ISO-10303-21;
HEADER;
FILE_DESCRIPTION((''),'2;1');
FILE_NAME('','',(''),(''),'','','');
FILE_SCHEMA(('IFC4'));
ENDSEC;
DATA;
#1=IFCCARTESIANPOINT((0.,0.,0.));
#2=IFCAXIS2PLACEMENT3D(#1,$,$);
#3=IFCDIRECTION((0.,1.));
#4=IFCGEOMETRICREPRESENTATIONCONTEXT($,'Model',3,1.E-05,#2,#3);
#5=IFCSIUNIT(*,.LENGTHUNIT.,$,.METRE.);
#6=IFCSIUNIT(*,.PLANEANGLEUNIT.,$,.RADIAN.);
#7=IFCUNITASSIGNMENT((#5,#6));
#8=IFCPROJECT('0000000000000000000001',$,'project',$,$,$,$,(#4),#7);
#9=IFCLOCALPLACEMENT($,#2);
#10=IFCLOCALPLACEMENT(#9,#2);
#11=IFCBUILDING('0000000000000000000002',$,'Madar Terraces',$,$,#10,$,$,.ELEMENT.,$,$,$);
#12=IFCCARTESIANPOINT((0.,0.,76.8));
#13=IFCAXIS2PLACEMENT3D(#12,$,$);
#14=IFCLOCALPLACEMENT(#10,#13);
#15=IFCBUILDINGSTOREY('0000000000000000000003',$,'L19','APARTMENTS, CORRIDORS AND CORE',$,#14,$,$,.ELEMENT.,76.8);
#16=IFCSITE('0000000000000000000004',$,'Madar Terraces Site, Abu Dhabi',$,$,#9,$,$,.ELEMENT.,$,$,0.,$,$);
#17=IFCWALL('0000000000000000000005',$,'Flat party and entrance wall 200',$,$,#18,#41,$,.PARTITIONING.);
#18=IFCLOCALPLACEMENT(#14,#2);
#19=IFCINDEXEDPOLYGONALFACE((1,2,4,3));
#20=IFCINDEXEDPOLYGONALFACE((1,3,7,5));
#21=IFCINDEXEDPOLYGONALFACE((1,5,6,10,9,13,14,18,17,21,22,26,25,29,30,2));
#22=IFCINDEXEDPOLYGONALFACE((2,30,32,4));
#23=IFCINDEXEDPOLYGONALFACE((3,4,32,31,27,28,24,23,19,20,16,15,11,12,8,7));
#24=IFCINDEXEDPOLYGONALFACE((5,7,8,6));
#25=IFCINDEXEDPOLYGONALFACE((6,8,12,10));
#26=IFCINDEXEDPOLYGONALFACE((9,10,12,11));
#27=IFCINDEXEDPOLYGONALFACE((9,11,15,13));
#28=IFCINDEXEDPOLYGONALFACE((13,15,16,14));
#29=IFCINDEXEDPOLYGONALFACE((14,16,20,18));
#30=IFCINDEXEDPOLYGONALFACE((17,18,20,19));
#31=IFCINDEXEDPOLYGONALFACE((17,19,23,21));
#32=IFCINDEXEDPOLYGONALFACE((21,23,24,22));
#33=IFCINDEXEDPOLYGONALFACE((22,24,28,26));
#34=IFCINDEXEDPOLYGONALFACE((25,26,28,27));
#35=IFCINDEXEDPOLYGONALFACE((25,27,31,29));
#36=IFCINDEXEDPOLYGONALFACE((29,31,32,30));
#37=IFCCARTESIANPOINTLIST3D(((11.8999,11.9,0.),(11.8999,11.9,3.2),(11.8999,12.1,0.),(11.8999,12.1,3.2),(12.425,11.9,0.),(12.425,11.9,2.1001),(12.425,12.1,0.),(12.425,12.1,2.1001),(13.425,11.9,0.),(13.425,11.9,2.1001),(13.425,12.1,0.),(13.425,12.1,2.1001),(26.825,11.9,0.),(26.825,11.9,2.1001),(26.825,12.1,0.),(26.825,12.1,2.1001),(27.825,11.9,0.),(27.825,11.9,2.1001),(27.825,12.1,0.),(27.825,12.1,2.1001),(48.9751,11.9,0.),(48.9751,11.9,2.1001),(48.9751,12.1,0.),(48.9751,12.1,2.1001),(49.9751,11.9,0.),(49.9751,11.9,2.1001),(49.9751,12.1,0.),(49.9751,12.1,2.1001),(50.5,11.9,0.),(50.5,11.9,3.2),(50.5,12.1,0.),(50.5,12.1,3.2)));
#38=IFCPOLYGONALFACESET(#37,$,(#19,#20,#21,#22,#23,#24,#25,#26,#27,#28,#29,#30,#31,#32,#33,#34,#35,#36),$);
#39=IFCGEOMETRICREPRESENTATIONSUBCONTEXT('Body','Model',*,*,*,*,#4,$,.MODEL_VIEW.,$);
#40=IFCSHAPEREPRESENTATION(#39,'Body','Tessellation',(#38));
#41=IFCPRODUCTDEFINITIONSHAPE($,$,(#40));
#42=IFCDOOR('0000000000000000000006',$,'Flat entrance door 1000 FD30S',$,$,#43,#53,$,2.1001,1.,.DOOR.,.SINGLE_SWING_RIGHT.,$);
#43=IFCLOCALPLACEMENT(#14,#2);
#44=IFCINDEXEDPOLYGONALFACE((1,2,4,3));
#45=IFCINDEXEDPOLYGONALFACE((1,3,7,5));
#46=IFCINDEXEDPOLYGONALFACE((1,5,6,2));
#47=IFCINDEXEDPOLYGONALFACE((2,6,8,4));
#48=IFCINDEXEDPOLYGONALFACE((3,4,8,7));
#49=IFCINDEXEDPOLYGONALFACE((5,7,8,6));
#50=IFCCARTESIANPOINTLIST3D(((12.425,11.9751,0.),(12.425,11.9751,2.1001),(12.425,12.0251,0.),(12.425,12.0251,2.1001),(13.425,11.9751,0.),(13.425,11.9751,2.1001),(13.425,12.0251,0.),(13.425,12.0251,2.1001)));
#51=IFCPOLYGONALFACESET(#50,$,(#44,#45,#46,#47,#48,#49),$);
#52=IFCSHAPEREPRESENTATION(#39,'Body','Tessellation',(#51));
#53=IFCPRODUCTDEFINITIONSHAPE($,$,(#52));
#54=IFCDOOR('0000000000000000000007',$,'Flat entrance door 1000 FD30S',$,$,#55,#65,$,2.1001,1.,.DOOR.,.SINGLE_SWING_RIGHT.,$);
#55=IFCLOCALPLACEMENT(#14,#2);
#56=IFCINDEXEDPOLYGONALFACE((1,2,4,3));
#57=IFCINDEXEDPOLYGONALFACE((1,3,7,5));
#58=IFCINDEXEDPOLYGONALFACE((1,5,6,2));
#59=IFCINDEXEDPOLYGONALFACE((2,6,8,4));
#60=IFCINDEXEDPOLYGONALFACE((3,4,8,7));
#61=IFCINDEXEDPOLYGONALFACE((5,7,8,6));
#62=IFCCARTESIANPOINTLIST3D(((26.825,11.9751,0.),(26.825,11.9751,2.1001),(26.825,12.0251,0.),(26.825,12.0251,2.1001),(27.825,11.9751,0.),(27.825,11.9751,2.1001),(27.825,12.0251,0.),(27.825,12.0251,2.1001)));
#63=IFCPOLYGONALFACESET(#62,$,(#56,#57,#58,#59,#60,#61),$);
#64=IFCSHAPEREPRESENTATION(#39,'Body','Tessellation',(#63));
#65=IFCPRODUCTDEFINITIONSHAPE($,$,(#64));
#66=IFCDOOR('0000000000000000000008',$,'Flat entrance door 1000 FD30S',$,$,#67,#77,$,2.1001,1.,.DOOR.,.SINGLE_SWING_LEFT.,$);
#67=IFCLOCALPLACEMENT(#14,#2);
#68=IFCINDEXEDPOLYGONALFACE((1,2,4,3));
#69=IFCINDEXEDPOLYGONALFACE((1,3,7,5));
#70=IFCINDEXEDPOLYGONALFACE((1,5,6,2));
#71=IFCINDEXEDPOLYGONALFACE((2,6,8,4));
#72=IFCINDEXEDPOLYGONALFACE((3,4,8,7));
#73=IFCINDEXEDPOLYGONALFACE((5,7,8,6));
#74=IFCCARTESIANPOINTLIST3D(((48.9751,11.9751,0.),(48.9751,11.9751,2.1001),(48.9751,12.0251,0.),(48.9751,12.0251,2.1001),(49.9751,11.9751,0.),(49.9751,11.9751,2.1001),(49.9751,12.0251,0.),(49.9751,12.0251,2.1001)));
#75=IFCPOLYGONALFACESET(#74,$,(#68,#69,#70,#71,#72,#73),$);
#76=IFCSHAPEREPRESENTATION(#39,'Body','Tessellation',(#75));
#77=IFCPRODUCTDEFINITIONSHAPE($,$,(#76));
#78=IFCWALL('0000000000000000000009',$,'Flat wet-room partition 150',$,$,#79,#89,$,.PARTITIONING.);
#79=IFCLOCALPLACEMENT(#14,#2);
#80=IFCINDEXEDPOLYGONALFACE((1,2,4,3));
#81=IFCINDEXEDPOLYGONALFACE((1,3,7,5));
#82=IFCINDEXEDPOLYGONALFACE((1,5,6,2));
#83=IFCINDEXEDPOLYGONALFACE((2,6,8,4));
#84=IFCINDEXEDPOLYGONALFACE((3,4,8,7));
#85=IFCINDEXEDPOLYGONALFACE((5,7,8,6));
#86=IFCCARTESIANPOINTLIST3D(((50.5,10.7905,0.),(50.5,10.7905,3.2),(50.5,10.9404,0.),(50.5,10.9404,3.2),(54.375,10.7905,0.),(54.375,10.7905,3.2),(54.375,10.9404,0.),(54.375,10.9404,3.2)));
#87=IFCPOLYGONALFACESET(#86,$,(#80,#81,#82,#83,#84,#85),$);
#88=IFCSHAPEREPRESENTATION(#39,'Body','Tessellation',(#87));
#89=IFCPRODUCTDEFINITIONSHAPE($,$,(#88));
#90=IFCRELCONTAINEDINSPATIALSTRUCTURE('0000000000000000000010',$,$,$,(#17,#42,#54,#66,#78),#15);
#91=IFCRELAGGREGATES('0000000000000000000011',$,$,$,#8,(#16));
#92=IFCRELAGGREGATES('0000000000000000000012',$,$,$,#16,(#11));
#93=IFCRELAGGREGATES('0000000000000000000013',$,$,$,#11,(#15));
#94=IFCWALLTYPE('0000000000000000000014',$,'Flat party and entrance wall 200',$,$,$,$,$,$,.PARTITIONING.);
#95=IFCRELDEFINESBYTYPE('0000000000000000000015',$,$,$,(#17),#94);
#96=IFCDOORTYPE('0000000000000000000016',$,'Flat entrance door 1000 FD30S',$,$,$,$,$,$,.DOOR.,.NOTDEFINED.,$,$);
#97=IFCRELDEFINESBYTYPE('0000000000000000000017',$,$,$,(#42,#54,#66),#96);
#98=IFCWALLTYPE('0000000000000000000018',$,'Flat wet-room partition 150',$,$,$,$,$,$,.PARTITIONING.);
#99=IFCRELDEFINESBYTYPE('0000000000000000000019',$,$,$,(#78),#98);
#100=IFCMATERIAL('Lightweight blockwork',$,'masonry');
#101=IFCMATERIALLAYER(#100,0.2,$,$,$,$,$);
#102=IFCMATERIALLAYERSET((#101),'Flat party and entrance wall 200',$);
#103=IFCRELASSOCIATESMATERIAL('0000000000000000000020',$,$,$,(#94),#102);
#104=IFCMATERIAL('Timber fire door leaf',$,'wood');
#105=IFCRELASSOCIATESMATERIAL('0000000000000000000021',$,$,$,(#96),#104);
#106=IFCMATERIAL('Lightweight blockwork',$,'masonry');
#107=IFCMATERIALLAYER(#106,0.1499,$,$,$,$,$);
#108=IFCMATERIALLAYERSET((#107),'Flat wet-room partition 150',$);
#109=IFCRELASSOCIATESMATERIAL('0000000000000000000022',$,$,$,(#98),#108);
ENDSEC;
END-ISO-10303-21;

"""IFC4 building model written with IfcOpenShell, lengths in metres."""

from ifc_helpers import new_model, si_unit, direction, frame, frame_2d, origin, place, context, subcontext, project, spatial, rectangle, extrude, material, layer, layer_set, type_object, element, fill, save


model = new_model("IFC4")

# Units and contexts
model_context = context("Model", 3, precision=1e-05, world=origin(), true_north=direction((0.0, 1.0)))
body_context = subcontext(model_context, "Body", "Model", "MODEL_VIEW")
ifc_project = project(units=[si_unit("LENGTHUNIT", "METRE"), si_unit("PLANEANGLEUNIT", "RADIAN")], contexts=[model_context])

# Site, building, storey
site_placement = place(None, origin())
site = spatial("IfcSite", under=ifc_project, at=site_placement, Name="Madar Terraces Site, Abu Dhabi", CompositionType="ELEMENT", RefElevation=0.0)
building_placement = place(site_placement, origin())
building = spatial("IfcBuilding", under=site, at=building_placement, Name="Madar Terraces", CompositionType="ELEMENT")
storey_placement = place(building_placement, frame((0.0, 0.0, 76.8)))
storey = spatial("IfcBuildingStorey", under=building, at=storey_placement, Name="L19", Description="APARTMENTS, CORRIDORS AND CORE", CompositionType="ELEMENT", Elevation=76.8)

# Wall, openings, doors
ifc_material_1 = material(Name="Lightweight blockwork", Category="masonry")
ifc_layer_1 = layer(ifc_material_1, 0.2)
ifc_layer_set_1 = layer_set([ifc_layer_1], Name="Flat party and entrance wall 200")
wall_type_1 = type_object("IfcWallType", Name="Flat party and entrance wall 200", PredefinedType="PARTITIONING", material=ifc_layer_set_1)
wall_1_placement = place(storey_placement, frame((50.5, 12.0, 0.0), z_axis=(0.0, 0.0, 1.0), x_axis=(-1.0, 0.0, 0.0)))
wall_1 = element("IfcWall", 1, at=wall_1_placement, inside=storey, type_object=wall_type_1, Name="Flat party and entrance wall 200", PredefinedType="PARTITIONING", context=body_context, shape_type="SweptSolid", body=[
    extrude(rectangle(XDim=38.6001, YDim=0.2, at=frame_2d((19.3, 0.0))), origin(), (0.0, 0.0, 1.0), 3.2),
])
opening_1_placement = place(wall_1_placement, frame((37.075, 0.0, 0.0)))
opening_1 = element("IfcOpeningElement", 2, at=opening_1_placement, cuts=wall_1, PredefinedType="OPENING", context=body_context, shape_type="SweptSolid", body=[
    extrude(rectangle(XDim=1.0, YDim=2.1001, at=frame_2d((0.5, 1.05))), frame((0.0, 0.1099, 0.0), z_axis=(0.0, -1.0, 0.0), x_axis=(1.0, 0.0, 0.0)), (0.0, 0.0, 1.0), 0.22),
])
opening_2_placement = place(wall_1_placement, frame((22.675, 0.0, 0.0)))
opening_2 = element("IfcOpeningElement", 3, at=opening_2_placement, cuts=wall_1, PredefinedType="OPENING", context=body_context, shape_type="SweptSolid", body=[
    extrude(rectangle(XDim=1.0, YDim=2.1001, at=frame_2d((0.5, 1.05))), frame((0.0, 0.1099, 0.0), z_axis=(0.0, -1.0, 0.0), x_axis=(1.0, 0.0, 0.0)), (0.0, 0.0, 1.0), 0.22),
])
opening_3_placement = place(wall_1_placement, frame((0.5249, 0.0, 0.0)))
opening_3 = element("IfcOpeningElement", 4, at=opening_3_placement, cuts=wall_1, PredefinedType="OPENING", context=body_context, shape_type="SweptSolid", body=[
    extrude(rectangle(XDim=1.0, YDim=2.1001, at=frame_2d((0.5, 1.05))), frame((0.0, 0.1099, 0.0), z_axis=(0.0, -1.0, 0.0), x_axis=(1.0, 0.0, 0.0)), (0.0, 0.0, 1.0), 0.22),
])
ifc_material_2 = material(Name="Timber fire door leaf", Category="wood")
door_type_1 = type_object("IfcDoorType", Name="Flat entrance door 1000 FD30S", OperationType="NOTDEFINED", PredefinedType="DOOR", material=ifc_material_2)
door_1_placement = place(opening_1_placement, origin())
door_1 = element("IfcDoor", 5, at=door_1_placement, inside=storey, type_object=door_type_1, Name="Flat entrance door 1000 FD30S", OperationType="SINGLE_SWING_RIGHT", OverallHeight=2.1001, OverallWidth=1.0, PredefinedType="DOOR", context=body_context, shape_type="SweptSolid", body=[
    extrude(rectangle(XDim=1.0, YDim=2.1001, at=frame_2d((0.5, 1.05))), frame((0.0, 0.0249, 0.0), z_axis=(0.0, -1.0, 0.0), x_axis=(1.0, 0.0, 0.0)), (0.0, 0.0, 1.0), 0.05),
])
fill(opening_1, door_1)
door_2_placement = place(opening_2_placement, origin())
door_2 = element("IfcDoor", 6, at=door_2_placement, inside=storey, type_object=door_type_1, Name="Flat entrance door 1000 FD30S", OperationType="SINGLE_SWING_RIGHT", OverallHeight=2.1001, OverallWidth=1.0, PredefinedType="DOOR", context=body_context, shape_type="SweptSolid", body=[
    extrude(rectangle(XDim=1.0, YDim=2.1001, at=frame_2d((0.5, 1.05))), frame((0.0, 0.0249, 0.0), z_axis=(0.0, -1.0, 0.0), x_axis=(1.0, 0.0, 0.0)), (0.0, 0.0, 1.0), 0.05),
])
fill(opening_2, door_2)
door_3_placement = place(opening_3_placement, origin())
door_3 = element("IfcDoor", 7, at=door_3_placement, inside=storey, type_object=door_type_1, Name="Flat entrance door 1000 FD30S", OperationType="SINGLE_SWING_LEFT", OverallHeight=2.1001, OverallWidth=1.0, PredefinedType="DOOR", context=body_context, shape_type="SweptSolid", body=[
    extrude(rectangle(XDim=1.0, YDim=2.1001, at=frame_2d((0.5, 1.05))), frame((0.0, 0.0249, 0.0), z_axis=(0.0, -1.0, 0.0), x_axis=(1.0, 0.0, 0.0)), (0.0, 0.0, 1.0), 0.05),
])
fill(opening_3, door_3)

# Wall
ifc_material_3 = material(Name="Lightweight blockwork", Category="masonry")
ifc_layer_2 = layer(ifc_material_3, 0.1499)
ifc_layer_set_2 = layer_set([ifc_layer_2], Name="Flat wet-room partition 150")
wall_type_2 = type_object("IfcWallType", Name="Flat wet-room partition 150", PredefinedType="PARTITIONING", material=ifc_layer_set_2)
wall_2_placement = place(storey_placement, frame((50.5, 10.8655, 0.0), z_axis=(0.0, 0.0, 1.0), x_axis=(1.0, 0.0, 0.0)))
element("IfcWall", 8, at=wall_2_placement, inside=storey, type_object=wall_type_2, Name="Flat wet-room partition 150", PredefinedType="PARTITIONING", context=body_context, shape_type="SweptSolid", body=[
    extrude(rectangle(XDim=3.875, YDim=0.1499, at=frame_2d((1.9375, 0.0))), origin(), (0.0, 0.0, 1.0), 3.2),
])

save(model, "model.ifc")
